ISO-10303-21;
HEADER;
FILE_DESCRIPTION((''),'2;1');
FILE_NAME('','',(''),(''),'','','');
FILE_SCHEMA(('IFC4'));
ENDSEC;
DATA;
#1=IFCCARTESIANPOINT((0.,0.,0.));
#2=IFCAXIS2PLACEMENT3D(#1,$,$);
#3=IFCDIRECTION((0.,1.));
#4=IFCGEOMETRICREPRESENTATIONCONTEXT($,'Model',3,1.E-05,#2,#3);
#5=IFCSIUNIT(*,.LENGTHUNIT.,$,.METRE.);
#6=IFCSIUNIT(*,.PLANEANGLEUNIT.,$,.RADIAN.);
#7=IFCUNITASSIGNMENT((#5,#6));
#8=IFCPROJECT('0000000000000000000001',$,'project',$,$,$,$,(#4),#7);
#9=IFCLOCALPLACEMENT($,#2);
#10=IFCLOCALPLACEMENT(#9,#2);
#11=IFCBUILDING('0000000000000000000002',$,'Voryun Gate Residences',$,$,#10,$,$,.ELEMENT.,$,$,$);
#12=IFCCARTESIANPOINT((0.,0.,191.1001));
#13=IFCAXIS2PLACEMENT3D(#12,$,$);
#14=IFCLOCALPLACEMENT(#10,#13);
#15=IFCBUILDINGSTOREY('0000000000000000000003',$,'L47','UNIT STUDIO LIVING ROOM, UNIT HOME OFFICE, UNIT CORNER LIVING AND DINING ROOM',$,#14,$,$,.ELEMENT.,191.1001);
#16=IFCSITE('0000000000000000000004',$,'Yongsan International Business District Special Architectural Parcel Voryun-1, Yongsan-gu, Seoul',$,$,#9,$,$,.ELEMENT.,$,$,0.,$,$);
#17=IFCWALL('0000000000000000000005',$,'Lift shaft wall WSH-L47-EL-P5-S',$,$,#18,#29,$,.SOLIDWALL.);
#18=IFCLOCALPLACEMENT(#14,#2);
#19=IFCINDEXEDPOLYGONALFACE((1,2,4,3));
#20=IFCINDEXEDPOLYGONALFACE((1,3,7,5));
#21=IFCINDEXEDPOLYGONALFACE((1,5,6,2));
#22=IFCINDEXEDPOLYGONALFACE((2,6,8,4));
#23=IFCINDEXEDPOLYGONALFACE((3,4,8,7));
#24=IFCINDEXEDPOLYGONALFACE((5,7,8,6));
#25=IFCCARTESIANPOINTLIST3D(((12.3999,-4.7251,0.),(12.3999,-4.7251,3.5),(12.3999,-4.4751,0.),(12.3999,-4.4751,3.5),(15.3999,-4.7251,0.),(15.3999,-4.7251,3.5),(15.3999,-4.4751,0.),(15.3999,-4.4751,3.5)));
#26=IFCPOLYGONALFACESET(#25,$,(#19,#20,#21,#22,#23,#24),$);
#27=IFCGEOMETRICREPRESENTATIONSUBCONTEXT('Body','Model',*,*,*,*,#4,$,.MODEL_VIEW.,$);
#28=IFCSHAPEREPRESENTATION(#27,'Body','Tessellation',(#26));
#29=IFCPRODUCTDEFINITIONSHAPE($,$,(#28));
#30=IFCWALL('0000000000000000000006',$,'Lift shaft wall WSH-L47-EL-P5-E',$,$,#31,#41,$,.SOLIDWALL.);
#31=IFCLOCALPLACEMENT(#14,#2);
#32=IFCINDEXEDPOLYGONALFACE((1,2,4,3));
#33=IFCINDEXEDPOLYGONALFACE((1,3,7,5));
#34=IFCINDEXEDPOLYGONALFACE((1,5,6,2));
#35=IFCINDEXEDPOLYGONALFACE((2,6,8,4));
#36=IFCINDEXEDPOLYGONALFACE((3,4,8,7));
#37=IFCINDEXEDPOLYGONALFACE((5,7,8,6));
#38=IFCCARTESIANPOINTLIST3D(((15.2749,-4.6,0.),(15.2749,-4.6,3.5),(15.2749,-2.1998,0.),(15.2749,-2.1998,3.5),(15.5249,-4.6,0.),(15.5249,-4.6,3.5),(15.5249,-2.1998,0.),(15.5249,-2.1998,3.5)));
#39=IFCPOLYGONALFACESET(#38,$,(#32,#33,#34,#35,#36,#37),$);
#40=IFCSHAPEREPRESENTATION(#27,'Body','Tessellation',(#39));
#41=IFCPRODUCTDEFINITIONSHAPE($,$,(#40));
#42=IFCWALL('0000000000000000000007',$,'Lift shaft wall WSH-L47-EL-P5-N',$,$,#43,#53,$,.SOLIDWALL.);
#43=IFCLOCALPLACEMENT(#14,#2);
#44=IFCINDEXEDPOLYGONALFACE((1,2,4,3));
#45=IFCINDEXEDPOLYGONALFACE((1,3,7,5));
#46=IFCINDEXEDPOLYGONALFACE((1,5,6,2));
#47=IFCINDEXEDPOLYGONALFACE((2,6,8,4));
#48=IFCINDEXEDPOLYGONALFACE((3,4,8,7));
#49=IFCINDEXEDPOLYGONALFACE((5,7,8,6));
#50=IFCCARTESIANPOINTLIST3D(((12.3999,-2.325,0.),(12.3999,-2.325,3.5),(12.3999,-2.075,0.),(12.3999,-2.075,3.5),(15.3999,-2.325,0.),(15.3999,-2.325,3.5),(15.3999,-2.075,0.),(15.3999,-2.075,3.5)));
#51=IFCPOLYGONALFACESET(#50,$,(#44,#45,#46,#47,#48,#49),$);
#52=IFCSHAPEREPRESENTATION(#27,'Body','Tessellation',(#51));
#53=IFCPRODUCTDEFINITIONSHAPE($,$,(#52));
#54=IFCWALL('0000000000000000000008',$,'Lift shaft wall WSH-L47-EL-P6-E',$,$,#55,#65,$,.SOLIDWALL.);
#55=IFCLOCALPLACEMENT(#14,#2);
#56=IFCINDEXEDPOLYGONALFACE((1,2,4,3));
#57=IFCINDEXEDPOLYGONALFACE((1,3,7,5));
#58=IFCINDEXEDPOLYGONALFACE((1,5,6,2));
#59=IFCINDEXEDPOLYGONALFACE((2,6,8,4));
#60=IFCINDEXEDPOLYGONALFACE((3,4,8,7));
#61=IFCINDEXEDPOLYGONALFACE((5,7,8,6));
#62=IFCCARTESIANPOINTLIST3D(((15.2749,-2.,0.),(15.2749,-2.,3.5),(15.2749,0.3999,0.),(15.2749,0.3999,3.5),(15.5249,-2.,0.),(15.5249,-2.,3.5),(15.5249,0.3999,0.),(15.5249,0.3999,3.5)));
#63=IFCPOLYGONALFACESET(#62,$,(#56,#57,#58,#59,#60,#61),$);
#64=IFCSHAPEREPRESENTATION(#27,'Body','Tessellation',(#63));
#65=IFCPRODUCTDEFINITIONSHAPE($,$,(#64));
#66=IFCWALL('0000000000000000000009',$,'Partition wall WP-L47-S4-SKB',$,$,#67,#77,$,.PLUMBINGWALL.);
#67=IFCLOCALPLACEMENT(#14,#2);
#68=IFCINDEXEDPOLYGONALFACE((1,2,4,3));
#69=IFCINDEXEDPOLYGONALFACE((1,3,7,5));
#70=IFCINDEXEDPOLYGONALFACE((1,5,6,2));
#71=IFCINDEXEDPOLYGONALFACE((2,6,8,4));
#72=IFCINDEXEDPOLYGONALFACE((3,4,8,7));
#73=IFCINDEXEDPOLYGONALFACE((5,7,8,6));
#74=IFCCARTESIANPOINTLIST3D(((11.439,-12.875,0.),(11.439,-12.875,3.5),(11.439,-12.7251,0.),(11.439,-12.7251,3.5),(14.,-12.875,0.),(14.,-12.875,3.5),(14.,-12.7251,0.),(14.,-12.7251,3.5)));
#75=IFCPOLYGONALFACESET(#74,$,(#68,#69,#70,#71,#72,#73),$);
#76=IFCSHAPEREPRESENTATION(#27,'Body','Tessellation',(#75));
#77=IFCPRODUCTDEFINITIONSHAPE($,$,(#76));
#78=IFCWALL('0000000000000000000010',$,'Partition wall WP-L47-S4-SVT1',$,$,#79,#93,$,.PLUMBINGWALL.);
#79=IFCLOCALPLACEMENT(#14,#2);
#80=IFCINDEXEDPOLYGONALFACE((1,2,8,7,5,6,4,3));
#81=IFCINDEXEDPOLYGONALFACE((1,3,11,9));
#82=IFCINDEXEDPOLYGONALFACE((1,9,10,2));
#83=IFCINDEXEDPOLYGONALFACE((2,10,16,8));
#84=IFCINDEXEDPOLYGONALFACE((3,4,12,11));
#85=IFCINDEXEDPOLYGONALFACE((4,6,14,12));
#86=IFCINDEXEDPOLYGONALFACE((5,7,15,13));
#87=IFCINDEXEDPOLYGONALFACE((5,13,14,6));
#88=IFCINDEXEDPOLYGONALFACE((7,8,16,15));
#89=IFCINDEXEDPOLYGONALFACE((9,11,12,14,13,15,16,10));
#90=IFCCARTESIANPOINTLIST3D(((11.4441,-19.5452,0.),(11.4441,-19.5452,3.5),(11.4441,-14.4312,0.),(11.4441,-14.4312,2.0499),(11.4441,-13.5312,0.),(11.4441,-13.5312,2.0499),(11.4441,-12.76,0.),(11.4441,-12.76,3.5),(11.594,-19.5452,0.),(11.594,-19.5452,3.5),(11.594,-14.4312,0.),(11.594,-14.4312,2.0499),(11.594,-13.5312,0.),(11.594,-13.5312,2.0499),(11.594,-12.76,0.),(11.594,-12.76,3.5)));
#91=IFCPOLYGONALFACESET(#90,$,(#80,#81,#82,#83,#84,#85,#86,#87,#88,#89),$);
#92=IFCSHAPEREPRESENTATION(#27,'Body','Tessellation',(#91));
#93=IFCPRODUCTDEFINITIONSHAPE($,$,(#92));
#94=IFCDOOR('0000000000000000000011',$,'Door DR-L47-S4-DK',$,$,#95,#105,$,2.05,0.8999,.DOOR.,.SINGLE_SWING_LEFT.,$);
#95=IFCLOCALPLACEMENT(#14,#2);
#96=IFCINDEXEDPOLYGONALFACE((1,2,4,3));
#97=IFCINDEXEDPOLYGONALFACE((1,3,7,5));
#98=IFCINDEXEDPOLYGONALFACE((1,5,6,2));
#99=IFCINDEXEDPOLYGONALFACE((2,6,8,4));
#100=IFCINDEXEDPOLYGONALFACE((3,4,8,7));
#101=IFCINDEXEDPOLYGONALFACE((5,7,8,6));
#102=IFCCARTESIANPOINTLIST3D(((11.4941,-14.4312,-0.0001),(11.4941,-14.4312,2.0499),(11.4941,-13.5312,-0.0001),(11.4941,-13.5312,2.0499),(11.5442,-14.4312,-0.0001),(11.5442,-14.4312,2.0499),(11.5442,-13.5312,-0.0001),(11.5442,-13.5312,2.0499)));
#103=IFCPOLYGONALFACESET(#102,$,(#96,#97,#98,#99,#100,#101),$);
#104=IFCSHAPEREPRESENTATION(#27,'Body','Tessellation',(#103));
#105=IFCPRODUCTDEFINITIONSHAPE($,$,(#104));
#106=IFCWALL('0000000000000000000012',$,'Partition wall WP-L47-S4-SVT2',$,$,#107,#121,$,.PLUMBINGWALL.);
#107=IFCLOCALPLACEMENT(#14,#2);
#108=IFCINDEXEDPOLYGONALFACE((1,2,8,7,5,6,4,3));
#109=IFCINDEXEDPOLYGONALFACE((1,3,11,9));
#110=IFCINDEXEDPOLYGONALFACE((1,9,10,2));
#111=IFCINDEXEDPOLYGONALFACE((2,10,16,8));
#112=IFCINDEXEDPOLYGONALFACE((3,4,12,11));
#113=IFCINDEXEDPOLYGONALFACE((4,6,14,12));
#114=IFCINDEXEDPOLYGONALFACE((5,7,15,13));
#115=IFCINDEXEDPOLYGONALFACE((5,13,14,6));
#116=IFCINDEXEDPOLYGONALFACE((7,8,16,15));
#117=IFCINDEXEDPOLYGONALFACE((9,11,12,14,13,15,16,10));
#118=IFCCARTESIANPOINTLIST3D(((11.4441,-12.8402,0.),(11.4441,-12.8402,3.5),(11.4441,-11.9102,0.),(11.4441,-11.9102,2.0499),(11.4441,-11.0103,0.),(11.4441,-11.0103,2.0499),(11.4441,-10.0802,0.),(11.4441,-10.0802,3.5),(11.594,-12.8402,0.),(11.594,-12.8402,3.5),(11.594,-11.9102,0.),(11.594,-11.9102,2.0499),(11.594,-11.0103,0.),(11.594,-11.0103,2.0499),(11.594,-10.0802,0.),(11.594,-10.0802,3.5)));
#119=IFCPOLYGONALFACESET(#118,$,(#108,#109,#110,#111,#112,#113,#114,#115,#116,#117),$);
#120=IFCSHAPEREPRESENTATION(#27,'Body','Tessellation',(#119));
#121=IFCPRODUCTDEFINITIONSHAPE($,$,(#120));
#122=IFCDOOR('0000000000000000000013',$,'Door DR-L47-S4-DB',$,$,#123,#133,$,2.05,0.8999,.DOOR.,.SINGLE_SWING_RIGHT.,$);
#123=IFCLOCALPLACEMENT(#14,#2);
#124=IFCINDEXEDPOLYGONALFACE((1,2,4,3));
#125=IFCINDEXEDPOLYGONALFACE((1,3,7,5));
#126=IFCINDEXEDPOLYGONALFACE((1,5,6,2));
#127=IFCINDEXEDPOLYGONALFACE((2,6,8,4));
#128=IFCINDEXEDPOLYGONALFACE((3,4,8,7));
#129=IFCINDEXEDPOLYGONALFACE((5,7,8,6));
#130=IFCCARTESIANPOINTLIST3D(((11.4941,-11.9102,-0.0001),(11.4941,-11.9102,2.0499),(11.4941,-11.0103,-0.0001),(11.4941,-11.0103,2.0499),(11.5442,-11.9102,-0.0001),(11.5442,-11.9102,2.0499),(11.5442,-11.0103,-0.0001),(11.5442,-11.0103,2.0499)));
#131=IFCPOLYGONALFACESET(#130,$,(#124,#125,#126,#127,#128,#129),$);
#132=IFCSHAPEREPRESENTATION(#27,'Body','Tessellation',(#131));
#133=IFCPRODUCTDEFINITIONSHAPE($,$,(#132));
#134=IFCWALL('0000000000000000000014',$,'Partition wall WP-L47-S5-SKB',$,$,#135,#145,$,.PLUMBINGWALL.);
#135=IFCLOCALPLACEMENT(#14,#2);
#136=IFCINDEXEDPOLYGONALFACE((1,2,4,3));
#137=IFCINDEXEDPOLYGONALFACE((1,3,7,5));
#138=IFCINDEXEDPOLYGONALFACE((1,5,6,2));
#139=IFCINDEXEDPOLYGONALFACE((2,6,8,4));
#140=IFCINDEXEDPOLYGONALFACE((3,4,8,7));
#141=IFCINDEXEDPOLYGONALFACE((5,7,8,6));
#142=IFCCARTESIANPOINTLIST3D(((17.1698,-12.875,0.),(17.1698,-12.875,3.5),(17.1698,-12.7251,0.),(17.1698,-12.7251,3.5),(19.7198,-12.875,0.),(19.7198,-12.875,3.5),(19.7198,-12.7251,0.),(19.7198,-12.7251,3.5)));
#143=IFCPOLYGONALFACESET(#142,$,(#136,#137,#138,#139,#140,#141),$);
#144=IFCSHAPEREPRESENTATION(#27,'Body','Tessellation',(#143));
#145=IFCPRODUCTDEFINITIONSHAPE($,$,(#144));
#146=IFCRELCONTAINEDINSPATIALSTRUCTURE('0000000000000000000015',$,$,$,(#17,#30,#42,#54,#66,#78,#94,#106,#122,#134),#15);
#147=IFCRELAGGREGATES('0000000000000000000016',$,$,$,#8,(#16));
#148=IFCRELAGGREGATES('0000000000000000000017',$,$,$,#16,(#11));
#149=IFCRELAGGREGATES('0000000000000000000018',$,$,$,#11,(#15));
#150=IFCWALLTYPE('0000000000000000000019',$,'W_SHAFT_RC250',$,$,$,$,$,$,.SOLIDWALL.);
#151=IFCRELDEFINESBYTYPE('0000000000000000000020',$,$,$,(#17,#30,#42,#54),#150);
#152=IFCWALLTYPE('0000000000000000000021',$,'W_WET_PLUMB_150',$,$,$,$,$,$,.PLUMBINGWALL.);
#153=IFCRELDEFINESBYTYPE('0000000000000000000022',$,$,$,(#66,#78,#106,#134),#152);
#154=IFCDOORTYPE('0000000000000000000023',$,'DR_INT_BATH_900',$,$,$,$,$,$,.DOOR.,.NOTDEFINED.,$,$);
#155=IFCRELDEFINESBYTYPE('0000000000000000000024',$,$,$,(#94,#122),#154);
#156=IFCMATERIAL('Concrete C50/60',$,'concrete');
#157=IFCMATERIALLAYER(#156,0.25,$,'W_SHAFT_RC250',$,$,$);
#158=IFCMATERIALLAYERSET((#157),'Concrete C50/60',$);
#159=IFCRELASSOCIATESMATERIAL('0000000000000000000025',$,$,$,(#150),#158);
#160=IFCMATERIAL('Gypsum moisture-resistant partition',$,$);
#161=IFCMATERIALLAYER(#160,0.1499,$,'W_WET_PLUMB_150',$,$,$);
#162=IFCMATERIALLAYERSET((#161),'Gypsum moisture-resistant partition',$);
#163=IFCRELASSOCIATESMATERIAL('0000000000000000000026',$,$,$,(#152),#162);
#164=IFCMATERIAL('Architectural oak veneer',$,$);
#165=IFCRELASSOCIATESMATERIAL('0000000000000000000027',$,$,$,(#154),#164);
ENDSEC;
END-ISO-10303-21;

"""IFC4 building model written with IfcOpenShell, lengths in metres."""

from ifc_helpers import new_model, si_unit, direction, frame, frame_2d, origin, place, context, subcontext, project, spatial, rectangle, extrude, material, layer, layer_set, type_object, element, fill, save


model = new_model("IFC4")

# Units and contexts
model_context = context("Model", 3, precision=1e-05, world=origin(), true_north=direction((0.0, 1.0)))
body_context = subcontext(model_context, "Body", "Model", "MODEL_VIEW")
ifc_project = project(units=[si_unit("LENGTHUNIT", "METRE"), si_unit("PLANEANGLEUNIT", "RADIAN")], contexts=[model_context])

# Site, building, storey
site_placement = place(None, origin())
site = spatial("IfcSite", under=ifc_project, at=site_placement, Name="Yongsan International Business District Special Architectural Parcel Voryun-1, Yongsan-gu, Seoul", CompositionType="ELEMENT", RefElevation=0.0)
building_placement = place(site_placement, origin())
building = spatial("IfcBuilding", under=site, at=building_placement, Name="Voryun Gate Residences", CompositionType="ELEMENT")
storey_placement = place(building_placement, frame((0.0, 0.0, 191.1001)))
storey = spatial("IfcBuildingStorey", under=building, at=storey_placement, Name="L47", Description="UNIT STUDIO LIVING ROOM, UNIT HOME OFFICE, UNIT CORNER LIVING AND DINING ROOM", CompositionType="ELEMENT", Elevation=191.1001)

# Walls
ifc_material_1 = material(Name="Concrete C50/60", Category="concrete")
ifc_layer_1 = layer(ifc_material_1, 0.25, Name="W_SHAFT_RC250")
ifc_layer_set_1 = layer_set([ifc_layer_1], Name="Concrete C50/60")
wall_type_1 = type_object("IfcWallType", Name="W_SHAFT_RC250", PredefinedType="SOLIDWALL", material=ifc_layer_set_1)
wall_1_placement = place(storey_placement, frame((12.3999, -4.6001, 0.0), z_axis=(0.0, 0.0, 1.0), x_axis=(1.0, 0.0, 0.0)))
element("IfcWall", 1, at=wall_1_placement, inside=storey, type_object=wall_type_1, Name="Lift shaft wall WSH-L47-EL-P5-S", PredefinedType="SOLIDWALL", context=body_context, shape_type="SweptSolid", body=[
    extrude(rectangle(XDim=3.0, YDim=0.25, at=frame_2d((1.5, 0.0))), origin(), (0.0, 0.0, 1.0), 3.5),
])
wall_2_placement = place(storey_placement, frame((15.3999, -4.6001, 0.0), z_axis=(0.0, 0.0, 1.0), x_axis=(0.0, 1.0, 0.0)))
element("IfcWall", 2, at=wall_2_placement, inside=storey, type_object=wall_type_1, Name="Lift shaft wall WSH-L47-EL-P5-E", PredefinedType="SOLIDWALL", context=body_context, shape_type="SweptSolid", body=[
    extrude(rectangle(XDim=2.4001, YDim=0.25, at=frame_2d((1.2002, 0.0))), origin(), (0.0, 0.0, 1.0), 3.5),
])
wall_3_placement = place(storey_placement, frame((15.3999, -2.2, 0.0), z_axis=(0.0, 0.0, 1.0), x_axis=(-1.0, 0.0, 0.0)))
element("IfcWall", 3, at=wall_3_placement, inside=storey, type_object=wall_type_1, Name="Lift shaft wall WSH-L47-EL-P5-N", PredefinedType="SOLIDWALL", context=body_context, shape_type="SweptSolid", body=[
    extrude(rectangle(XDim=3.0, YDim=0.25, at=frame_2d((1.5, 0.0))), origin(), (0.0, 0.0, 1.0), 3.5),
])
wall_4_placement = place(storey_placement, frame((15.3999, -2.0, 0.0), z_axis=(0.0, 0.0, 1.0), x_axis=(0.0, 1.0, 0.0)))
element("IfcWall", 4, at=wall_4_placement, inside=storey, type_object=wall_type_1, Name="Lift shaft wall WSH-L47-EL-P6-E", PredefinedType="SOLIDWALL", context=body_context, shape_type="SweptSolid", body=[
    extrude(rectangle(XDim=2.3999, YDim=0.25, at=frame_2d((1.2, 0.0))), origin(), (0.0, 0.0, 1.0), 3.5),
])
ifc_material_2 = material(Name="Gypsum moisture-resistant partition")
ifc_layer_2 = layer(ifc_material_2, 0.1499, Name="W_WET_PLUMB_150")
ifc_layer_set_2 = layer_set([ifc_layer_2], Name="Gypsum moisture-resistant partition")
wall_type_2 = type_object("IfcWallType", Name="W_WET_PLUMB_150", PredefinedType="PLUMBINGWALL", material=ifc_layer_set_2)
wall_5_placement = place(storey_placement, frame((11.439, -12.8, 0.0), z_axis=(0.0, 0.0, 1.0), x_axis=(1.0, 0.0, 0.0)))
element("IfcWall", 5, at=wall_5_placement, inside=storey, type_object=wall_type_2, Name="Partition wall WP-L47-S4-SKB", PredefinedType="PLUMBINGWALL", context=body_context, shape_type="SweptSolid", body=[
    extrude(rectangle(XDim=2.561, YDim=0.1499, at=frame_2d((1.2805, 0.0))), origin(), (0.0, 0.0, 1.0), 3.5),
])

# Walls, openings, doors
wall_6_placement = place(storey_placement, frame((11.519, -19.5452, 0.0), z_axis=(0.0, 0.0, 1.0), x_axis=(0.0, 1.0, 0.0)))
wall_6 = element("IfcWall", 6, at=wall_6_placement, inside=storey, type_object=wall_type_2, Name="Partition wall WP-L47-S4-SVT1", PredefinedType="PLUMBINGWALL", context=body_context, shape_type="SweptSolid", body=[
    extrude(rectangle(XDim=6.7852, YDim=0.1499, at=frame_2d((3.3926, 0.0))), origin(), (0.0, 0.0, 1.0), 3.5),
])
opening_1_placement = place(wall_6_placement, frame((5.114, 0.0, 0.0)))
opening_1 = element("IfcOpeningElement", 7, at=opening_1_placement, cuts=wall_6, PredefinedType="OPENING", context=body_context, shape_type="SweptSolid", body=[
    extrude(rectangle(XDim=0.8999, YDim=2.05, at=frame_2d((0.45, 1.0249))), frame((0.0, 0.085, 0.0), z_axis=(0.0, -1.0, 0.0), x_axis=(1.0, 0.0, 0.0)), (0.0, 0.0, 1.0), 0.1699),
])
ifc_material_3 = material(Name="Architectural oak veneer")
door_type_1 = type_object("IfcDoorType", Name="DR_INT_BATH_900", OperationType="NOTDEFINED", PredefinedType="DOOR", material=ifc_material_3)
door_1_placement = place(opening_1_placement, origin())
door_1 = element("IfcDoor", 8, at=door_1_placement, inside=storey, type_object=door_type_1, Name="Door DR-L47-S4-DK", OperationType="SINGLE_SWING_LEFT", OverallHeight=2.05, OverallWidth=0.8999, PredefinedType="DOOR", context=body_context, shape_type="SweptSolid", body=[
    extrude(rectangle(XDim=0.8999, YDim=2.05, at=frame_2d((0.45, 1.0249))), frame((0.0, 0.0249, 0.0), z_axis=(0.0, -1.0, 0.0), x_axis=(1.0, 0.0, 0.0)), (0.0, 0.0, 1.0), 0.05),
])
fill(opening_1, door_1)
wall_7_placement = place(storey_placement, frame((11.519, -12.8401, 0.0), z_axis=(0.0, 0.0, 1.0), x_axis=(0.0, 1.0, 0.0)))
wall_7 = element("IfcWall", 9, at=wall_7_placement, inside=storey, type_object=wall_type_2, Name="Partition wall WP-L47-S4-SVT2", PredefinedType="PLUMBINGWALL", context=body_context, shape_type="SweptSolid", body=[
    extrude(rectangle(XDim=2.76, YDim=0.1499, at=frame_2d((1.3799, 0.0))), origin(), (0.0, 0.0, 1.0), 3.5),
])
opening_2_placement = place(wall_7_placement, frame((0.9299, 0.0, 0.0)))
opening_2 = element("IfcOpeningElement", 10, at=opening_2_placement, cuts=wall_7, PredefinedType="OPENING", context=body_context, shape_type="SweptSolid", body=[
    extrude(rectangle(XDim=0.8999, YDim=2.05, at=frame_2d((0.45, 1.0249))), frame((0.0, 0.085, 0.0), z_axis=(0.0, -1.0, 0.0), x_axis=(1.0, 0.0, 0.0)), (0.0, 0.0, 1.0), 0.1699),
])
door_2_placement = place(opening_2_placement, origin())
door_2 = element("IfcDoor", 11, at=door_2_placement, inside=storey, type_object=door_type_1, Name="Door DR-L47-S4-DB", OperationType="SINGLE_SWING_RIGHT", OverallHeight=2.05, OverallWidth=0.8999, PredefinedType="DOOR", context=body_context, shape_type="SweptSolid", body=[
    extrude(rectangle(XDim=0.8999, YDim=2.05, at=frame_2d((0.45, 1.0249))), frame((0.0, 0.0249, 0.0), z_axis=(0.0, -1.0, 0.0), x_axis=(1.0, 0.0, 0.0)), (0.0, 0.0, 1.0), 0.05),
])
fill(opening_2, door_2)

# Wall
wall_8_placement = place(storey_placement, frame((17.1699, -12.8, 0.0), z_axis=(0.0, 0.0, 1.0), x_axis=(1.0, 0.0, 0.0)))
element("IfcWall", 12, at=wall_8_placement, inside=storey, type_object=wall_type_2, Name="Partition wall WP-L47-S5-SKB", PredefinedType="PLUMBINGWALL", context=body_context, shape_type="SweptSolid", body=[
    extrude(rectangle(XDim=2.55, YDim=0.1499, at=frame_2d((1.2749, 0.0))), origin(), (0.0, 0.0, 1.0), 3.5),
])

save(model, "model.ifc")
